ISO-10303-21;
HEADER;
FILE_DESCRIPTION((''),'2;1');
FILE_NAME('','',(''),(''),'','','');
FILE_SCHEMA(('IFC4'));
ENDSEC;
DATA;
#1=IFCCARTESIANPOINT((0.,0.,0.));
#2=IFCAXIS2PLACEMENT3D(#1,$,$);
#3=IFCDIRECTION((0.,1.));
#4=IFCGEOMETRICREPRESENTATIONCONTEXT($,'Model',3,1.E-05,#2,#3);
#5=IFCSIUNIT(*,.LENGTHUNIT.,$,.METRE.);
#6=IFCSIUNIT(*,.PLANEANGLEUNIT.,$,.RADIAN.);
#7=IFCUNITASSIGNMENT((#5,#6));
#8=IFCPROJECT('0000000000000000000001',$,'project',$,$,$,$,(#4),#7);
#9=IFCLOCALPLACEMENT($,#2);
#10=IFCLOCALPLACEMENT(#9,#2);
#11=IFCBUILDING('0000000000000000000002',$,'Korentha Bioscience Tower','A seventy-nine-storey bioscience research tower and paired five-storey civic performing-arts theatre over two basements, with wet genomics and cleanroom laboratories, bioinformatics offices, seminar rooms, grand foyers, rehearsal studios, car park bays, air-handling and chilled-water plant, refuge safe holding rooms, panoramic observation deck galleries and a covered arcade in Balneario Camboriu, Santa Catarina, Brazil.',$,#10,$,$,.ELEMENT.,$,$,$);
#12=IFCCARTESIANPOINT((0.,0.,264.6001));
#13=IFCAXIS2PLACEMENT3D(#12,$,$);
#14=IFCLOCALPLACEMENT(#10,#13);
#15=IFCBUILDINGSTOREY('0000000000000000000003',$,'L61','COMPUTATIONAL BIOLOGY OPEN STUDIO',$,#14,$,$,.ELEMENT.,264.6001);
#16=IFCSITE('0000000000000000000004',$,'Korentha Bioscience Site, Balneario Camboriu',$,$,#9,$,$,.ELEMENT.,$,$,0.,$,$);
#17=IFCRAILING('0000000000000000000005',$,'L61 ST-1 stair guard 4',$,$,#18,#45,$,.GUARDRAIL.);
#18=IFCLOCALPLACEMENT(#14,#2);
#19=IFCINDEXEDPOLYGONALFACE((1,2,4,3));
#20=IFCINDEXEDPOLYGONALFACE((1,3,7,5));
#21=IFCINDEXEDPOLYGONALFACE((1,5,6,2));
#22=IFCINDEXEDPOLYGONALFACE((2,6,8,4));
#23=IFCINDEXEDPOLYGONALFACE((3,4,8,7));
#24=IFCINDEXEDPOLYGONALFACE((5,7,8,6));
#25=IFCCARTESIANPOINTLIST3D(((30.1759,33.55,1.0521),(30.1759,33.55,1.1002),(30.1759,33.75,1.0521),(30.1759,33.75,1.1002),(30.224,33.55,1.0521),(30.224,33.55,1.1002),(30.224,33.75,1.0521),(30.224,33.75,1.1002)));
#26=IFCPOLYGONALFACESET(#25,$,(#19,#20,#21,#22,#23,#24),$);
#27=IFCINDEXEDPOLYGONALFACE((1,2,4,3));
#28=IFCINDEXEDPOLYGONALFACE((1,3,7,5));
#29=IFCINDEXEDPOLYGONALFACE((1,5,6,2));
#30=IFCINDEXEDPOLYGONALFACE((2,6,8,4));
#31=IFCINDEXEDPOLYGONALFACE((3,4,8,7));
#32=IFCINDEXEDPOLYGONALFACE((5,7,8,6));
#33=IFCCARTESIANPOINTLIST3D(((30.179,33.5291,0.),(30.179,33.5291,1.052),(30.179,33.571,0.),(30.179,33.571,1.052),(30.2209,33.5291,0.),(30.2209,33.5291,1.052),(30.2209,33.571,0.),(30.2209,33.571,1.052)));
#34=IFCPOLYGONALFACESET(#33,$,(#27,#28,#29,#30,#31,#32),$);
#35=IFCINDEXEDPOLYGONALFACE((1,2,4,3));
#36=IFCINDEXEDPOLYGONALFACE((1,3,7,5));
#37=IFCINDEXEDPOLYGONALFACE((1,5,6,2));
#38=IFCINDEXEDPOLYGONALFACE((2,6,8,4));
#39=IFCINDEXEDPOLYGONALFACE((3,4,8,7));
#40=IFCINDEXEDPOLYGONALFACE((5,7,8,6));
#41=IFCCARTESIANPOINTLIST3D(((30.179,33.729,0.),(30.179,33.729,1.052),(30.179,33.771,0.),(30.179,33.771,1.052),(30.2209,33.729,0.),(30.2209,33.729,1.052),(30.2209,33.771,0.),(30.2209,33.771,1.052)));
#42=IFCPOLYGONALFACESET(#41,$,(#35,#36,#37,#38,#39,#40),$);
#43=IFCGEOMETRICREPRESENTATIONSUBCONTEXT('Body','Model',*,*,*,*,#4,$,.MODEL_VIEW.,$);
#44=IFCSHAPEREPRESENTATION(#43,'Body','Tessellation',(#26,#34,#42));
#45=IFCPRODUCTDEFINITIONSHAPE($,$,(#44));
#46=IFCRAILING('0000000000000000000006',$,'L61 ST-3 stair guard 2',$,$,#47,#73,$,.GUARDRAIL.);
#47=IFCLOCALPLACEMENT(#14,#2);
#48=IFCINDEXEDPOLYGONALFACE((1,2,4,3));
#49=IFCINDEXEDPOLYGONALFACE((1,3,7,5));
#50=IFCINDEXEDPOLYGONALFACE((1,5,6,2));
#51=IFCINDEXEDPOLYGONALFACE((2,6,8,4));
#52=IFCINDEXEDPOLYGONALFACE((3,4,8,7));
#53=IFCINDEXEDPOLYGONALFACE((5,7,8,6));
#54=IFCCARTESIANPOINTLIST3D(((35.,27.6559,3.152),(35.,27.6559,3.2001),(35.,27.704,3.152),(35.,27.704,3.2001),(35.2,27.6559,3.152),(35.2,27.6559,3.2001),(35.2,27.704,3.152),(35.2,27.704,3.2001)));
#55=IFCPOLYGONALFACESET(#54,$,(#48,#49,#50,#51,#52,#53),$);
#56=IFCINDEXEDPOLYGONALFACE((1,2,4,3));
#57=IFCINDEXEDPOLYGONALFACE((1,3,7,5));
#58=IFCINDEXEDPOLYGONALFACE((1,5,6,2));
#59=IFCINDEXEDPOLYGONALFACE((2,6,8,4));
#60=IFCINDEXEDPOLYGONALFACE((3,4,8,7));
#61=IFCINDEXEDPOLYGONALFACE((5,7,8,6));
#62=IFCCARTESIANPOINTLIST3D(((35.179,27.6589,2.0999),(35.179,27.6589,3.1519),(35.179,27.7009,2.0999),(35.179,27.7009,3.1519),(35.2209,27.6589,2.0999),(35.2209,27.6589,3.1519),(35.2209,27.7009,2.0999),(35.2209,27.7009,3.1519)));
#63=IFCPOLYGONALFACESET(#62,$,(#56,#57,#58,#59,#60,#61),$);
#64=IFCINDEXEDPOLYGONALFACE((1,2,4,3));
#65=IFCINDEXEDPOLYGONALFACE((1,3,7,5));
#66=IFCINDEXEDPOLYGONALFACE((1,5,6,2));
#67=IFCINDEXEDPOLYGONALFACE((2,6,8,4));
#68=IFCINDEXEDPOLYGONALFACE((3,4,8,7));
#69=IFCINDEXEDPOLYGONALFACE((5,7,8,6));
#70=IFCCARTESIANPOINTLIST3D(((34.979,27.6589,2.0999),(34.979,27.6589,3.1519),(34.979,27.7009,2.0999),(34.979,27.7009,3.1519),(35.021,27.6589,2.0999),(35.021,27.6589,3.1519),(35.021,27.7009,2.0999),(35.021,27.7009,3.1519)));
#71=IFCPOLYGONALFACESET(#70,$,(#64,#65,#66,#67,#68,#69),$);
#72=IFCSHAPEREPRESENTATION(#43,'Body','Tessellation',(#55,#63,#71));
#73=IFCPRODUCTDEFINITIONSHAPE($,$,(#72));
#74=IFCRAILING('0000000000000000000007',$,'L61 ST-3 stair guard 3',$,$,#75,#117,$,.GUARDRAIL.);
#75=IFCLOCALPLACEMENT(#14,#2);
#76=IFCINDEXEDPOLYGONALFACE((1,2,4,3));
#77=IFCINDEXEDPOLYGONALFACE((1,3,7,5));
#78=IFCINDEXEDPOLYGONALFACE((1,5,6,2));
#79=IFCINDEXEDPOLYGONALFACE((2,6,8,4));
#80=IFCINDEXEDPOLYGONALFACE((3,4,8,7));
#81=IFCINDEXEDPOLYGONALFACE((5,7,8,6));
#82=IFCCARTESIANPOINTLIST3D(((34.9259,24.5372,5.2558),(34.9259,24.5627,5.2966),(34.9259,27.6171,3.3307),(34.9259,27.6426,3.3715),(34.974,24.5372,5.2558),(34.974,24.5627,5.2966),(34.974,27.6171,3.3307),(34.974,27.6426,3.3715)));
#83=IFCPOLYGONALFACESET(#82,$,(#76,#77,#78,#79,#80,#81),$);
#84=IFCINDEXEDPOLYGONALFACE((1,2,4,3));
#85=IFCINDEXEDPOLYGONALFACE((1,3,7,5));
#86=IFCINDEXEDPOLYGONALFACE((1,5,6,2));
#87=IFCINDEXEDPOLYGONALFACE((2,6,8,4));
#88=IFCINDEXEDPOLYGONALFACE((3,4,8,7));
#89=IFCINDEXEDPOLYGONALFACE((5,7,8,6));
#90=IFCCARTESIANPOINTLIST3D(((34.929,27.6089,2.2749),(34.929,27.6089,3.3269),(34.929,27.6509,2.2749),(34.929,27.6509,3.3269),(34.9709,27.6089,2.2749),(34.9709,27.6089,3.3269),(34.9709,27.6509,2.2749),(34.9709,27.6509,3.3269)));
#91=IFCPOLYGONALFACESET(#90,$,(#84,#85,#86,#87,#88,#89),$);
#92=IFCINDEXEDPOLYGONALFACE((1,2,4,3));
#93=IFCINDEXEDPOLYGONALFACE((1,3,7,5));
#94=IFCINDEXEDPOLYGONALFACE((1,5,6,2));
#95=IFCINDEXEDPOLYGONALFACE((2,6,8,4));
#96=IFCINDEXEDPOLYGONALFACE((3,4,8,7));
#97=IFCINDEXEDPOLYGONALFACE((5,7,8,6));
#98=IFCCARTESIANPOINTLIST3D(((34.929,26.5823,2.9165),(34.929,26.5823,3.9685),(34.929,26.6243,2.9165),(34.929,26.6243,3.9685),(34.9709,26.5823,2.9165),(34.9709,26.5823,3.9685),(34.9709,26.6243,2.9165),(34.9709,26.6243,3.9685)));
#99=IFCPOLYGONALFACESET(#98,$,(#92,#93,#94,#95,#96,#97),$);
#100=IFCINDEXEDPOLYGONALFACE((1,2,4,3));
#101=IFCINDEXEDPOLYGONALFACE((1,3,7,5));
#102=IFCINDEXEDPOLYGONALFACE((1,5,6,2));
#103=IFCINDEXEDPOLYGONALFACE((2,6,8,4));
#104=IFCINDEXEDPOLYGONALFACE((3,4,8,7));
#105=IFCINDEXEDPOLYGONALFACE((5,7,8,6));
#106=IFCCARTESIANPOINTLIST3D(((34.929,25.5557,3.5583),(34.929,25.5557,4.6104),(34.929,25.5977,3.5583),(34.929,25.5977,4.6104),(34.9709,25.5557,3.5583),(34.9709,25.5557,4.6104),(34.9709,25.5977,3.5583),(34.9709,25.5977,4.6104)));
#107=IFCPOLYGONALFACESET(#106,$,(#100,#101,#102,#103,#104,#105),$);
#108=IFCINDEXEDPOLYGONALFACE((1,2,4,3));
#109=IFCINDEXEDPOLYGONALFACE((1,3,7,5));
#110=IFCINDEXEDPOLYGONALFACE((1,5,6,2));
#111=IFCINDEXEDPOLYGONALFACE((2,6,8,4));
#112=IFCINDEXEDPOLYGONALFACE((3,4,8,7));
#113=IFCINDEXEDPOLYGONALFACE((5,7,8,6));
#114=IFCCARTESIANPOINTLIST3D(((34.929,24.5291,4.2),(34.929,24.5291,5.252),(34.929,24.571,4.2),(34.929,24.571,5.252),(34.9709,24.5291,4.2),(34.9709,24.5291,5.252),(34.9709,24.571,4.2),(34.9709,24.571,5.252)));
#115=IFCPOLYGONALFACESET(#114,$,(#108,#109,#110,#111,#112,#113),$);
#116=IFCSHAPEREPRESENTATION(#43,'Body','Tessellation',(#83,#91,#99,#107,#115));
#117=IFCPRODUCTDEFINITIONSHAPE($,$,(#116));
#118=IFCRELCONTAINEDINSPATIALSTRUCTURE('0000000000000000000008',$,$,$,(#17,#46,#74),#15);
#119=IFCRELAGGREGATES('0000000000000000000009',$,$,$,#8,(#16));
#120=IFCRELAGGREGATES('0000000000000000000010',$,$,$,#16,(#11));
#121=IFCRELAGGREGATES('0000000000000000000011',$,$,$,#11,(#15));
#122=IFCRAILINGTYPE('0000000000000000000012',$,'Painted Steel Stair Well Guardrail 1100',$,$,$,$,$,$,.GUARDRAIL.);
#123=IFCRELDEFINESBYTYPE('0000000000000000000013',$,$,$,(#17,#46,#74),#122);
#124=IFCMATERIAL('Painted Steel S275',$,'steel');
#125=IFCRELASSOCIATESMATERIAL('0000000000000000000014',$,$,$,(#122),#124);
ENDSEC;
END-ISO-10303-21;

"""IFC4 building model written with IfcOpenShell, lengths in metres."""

from ifc_helpers import new_model, si_unit, direction, frame, origin, origin_2d, place, context, subcontext, project, spatial, rectangle, extrude, material, type_object, element, save


model = new_model("IFC4")

# Units and contexts
model_context = context("Model", 3, precision=1e-05, world=origin(), true_north=direction((0.0, 1.0)))
body_context = subcontext(model_context, "Body", "Model", "MODEL_VIEW")
ifc_project = project(units=[si_unit("LENGTHUNIT", "METRE"), si_unit("PLANEANGLEUNIT", "RADIAN")], contexts=[model_context])

# Site, building, storey
site_placement = place(None, origin())
site = spatial("IfcSite", under=ifc_project, at=site_placement, Name="Korentha Bioscience Site, Balneario Camboriu", CompositionType="ELEMENT", RefElevation=0.0)
building_placement = place(site_placement, origin())
building = spatial("IfcBuilding", under=site, at=building_placement, Name="Korentha Bioscience Tower", Description="A seventy-nine-storey bioscience research tower and paired five-storey civic performing-arts theatre over two basements, with wet genomics and cleanroom laboratories, bioinformatics offices, seminar rooms, grand foyers, rehearsal studios, car park bays, air-handling and chilled-water plant, refuge safe holding rooms, panoramic observation deck galleries and a covered arcade in Balneario Camboriu, Santa Catarina, Brazil.", CompositionType="ELEMENT")
storey_placement = place(building_placement, frame((0.0, 0.0, 264.6001)))
storey = spatial("IfcBuildingStorey", under=building, at=storey_placement, Name="L61", Description="COMPUTATIONAL BIOLOGY OPEN STUDIO", CompositionType="ELEMENT", Elevation=264.6001)

# Railings
ifc_material_1 = material(Name="Painted Steel S275", Category="steel")
railing_type_1 = type_object("IfcRailingType", Name="Painted Steel Stair Well Guardrail 1100", PredefinedType="GUARDRAIL", material=ifc_material_1)
railing_1_placement = place(storey_placement, frame((30.2, 33.55, 0.0)))
element("IfcRailing", 1, at=railing_1_placement, inside=storey, type_object=railing_type_1, Name="L61 ST-1 stair guard 4", PredefinedType="GUARDRAIL", context=body_context, shape_type="SweptSolid", body=[
    extrude(rectangle(XDim=0.0481, YDim=0.0481, at=origin_2d()), frame((0.0, 0.0, 1.0762), z_axis=(0.0, 1.0, 0.0), x_axis=(-1.0, 0.0, 0.0)), (0.0, 0.0, 1.0), 0.2),
    extrude(rectangle(XDim=0.042, YDim=0.042, at=origin_2d()), origin(), (0.0, 0.0, 1.0), 1.052),
    extrude(rectangle(XDim=0.042, YDim=0.042, at=origin_2d()), frame((0.0, 0.2, 0.0)), (0.0, 0.0, 1.0), 1.052),
])
railing_2_placement = place(storey_placement, frame((35.2, 27.6799, 2.0999)))
element("IfcRailing", 2, at=railing_2_placement, inside=storey, type_object=railing_type_1, Name="L61 ST-3 stair guard 2", PredefinedType="GUARDRAIL", context=body_context, shape_type="SweptSolid", body=[
    extrude(rectangle(XDim=0.0481, YDim=0.0481, at=origin_2d()), frame((0.0, 0.0, 1.0762), z_axis=(-1.0, 0.0, 0.0), x_axis=(0.0, -1.0, 0.0)), (0.0, 0.0, 1.0), 0.2),
    extrude(rectangle(XDim=0.042, YDim=0.042, at=origin_2d()), origin(), (0.0, 0.0, 1.0), 1.052),
    extrude(rectangle(XDim=0.042, YDim=0.042, at=origin_2d()), frame((-0.2, 0.0, 0.0)), (0.0, 0.0, 1.0), 1.052),
])
railing_3_placement = place(storey_placement, frame((34.95, 27.6299, 2.2749)))
element("IfcRailing", 3, at=railing_3_placement, inside=storey, type_object=railing_type_1, Name="L61 ST-3 stair guard 3", PredefinedType="GUARDRAIL", context=body_context, shape_type="SweptSolid", body=[
    extrude(rectangle(XDim=0.0481, YDim=0.0481, at=origin_2d()), frame((0.0, 0.0, 1.0762), z_axis=(0.0, -0.847979, 0.530029), x_axis=(1.0, 0.0, 0.0)), (0.0, 0.0, 1.0), 3.6321),
    extrude(rectangle(XDim=0.042, YDim=0.042, at=origin_2d()), origin(), (0.0, 0.0, 1.0), 1.052),
    extrude(rectangle(XDim=0.042, YDim=0.042, at=origin_2d()), frame((0.0, -1.0266, 0.6416)), (0.0, 0.0, 1.0), 1.052),
    extrude(rectangle(XDim=0.042, YDim=0.042, at=origin_2d()), frame((0.0, -2.0532, 1.2834)), (0.0, 0.0, 1.0), 1.052),
    extrude(rectangle(XDim=0.042, YDim=0.042, at=origin_2d()), frame((0.0, -3.0798, 1.925)), (0.0, 0.0, 1.0), 1.052),
])

save(model, "model.ifc")
